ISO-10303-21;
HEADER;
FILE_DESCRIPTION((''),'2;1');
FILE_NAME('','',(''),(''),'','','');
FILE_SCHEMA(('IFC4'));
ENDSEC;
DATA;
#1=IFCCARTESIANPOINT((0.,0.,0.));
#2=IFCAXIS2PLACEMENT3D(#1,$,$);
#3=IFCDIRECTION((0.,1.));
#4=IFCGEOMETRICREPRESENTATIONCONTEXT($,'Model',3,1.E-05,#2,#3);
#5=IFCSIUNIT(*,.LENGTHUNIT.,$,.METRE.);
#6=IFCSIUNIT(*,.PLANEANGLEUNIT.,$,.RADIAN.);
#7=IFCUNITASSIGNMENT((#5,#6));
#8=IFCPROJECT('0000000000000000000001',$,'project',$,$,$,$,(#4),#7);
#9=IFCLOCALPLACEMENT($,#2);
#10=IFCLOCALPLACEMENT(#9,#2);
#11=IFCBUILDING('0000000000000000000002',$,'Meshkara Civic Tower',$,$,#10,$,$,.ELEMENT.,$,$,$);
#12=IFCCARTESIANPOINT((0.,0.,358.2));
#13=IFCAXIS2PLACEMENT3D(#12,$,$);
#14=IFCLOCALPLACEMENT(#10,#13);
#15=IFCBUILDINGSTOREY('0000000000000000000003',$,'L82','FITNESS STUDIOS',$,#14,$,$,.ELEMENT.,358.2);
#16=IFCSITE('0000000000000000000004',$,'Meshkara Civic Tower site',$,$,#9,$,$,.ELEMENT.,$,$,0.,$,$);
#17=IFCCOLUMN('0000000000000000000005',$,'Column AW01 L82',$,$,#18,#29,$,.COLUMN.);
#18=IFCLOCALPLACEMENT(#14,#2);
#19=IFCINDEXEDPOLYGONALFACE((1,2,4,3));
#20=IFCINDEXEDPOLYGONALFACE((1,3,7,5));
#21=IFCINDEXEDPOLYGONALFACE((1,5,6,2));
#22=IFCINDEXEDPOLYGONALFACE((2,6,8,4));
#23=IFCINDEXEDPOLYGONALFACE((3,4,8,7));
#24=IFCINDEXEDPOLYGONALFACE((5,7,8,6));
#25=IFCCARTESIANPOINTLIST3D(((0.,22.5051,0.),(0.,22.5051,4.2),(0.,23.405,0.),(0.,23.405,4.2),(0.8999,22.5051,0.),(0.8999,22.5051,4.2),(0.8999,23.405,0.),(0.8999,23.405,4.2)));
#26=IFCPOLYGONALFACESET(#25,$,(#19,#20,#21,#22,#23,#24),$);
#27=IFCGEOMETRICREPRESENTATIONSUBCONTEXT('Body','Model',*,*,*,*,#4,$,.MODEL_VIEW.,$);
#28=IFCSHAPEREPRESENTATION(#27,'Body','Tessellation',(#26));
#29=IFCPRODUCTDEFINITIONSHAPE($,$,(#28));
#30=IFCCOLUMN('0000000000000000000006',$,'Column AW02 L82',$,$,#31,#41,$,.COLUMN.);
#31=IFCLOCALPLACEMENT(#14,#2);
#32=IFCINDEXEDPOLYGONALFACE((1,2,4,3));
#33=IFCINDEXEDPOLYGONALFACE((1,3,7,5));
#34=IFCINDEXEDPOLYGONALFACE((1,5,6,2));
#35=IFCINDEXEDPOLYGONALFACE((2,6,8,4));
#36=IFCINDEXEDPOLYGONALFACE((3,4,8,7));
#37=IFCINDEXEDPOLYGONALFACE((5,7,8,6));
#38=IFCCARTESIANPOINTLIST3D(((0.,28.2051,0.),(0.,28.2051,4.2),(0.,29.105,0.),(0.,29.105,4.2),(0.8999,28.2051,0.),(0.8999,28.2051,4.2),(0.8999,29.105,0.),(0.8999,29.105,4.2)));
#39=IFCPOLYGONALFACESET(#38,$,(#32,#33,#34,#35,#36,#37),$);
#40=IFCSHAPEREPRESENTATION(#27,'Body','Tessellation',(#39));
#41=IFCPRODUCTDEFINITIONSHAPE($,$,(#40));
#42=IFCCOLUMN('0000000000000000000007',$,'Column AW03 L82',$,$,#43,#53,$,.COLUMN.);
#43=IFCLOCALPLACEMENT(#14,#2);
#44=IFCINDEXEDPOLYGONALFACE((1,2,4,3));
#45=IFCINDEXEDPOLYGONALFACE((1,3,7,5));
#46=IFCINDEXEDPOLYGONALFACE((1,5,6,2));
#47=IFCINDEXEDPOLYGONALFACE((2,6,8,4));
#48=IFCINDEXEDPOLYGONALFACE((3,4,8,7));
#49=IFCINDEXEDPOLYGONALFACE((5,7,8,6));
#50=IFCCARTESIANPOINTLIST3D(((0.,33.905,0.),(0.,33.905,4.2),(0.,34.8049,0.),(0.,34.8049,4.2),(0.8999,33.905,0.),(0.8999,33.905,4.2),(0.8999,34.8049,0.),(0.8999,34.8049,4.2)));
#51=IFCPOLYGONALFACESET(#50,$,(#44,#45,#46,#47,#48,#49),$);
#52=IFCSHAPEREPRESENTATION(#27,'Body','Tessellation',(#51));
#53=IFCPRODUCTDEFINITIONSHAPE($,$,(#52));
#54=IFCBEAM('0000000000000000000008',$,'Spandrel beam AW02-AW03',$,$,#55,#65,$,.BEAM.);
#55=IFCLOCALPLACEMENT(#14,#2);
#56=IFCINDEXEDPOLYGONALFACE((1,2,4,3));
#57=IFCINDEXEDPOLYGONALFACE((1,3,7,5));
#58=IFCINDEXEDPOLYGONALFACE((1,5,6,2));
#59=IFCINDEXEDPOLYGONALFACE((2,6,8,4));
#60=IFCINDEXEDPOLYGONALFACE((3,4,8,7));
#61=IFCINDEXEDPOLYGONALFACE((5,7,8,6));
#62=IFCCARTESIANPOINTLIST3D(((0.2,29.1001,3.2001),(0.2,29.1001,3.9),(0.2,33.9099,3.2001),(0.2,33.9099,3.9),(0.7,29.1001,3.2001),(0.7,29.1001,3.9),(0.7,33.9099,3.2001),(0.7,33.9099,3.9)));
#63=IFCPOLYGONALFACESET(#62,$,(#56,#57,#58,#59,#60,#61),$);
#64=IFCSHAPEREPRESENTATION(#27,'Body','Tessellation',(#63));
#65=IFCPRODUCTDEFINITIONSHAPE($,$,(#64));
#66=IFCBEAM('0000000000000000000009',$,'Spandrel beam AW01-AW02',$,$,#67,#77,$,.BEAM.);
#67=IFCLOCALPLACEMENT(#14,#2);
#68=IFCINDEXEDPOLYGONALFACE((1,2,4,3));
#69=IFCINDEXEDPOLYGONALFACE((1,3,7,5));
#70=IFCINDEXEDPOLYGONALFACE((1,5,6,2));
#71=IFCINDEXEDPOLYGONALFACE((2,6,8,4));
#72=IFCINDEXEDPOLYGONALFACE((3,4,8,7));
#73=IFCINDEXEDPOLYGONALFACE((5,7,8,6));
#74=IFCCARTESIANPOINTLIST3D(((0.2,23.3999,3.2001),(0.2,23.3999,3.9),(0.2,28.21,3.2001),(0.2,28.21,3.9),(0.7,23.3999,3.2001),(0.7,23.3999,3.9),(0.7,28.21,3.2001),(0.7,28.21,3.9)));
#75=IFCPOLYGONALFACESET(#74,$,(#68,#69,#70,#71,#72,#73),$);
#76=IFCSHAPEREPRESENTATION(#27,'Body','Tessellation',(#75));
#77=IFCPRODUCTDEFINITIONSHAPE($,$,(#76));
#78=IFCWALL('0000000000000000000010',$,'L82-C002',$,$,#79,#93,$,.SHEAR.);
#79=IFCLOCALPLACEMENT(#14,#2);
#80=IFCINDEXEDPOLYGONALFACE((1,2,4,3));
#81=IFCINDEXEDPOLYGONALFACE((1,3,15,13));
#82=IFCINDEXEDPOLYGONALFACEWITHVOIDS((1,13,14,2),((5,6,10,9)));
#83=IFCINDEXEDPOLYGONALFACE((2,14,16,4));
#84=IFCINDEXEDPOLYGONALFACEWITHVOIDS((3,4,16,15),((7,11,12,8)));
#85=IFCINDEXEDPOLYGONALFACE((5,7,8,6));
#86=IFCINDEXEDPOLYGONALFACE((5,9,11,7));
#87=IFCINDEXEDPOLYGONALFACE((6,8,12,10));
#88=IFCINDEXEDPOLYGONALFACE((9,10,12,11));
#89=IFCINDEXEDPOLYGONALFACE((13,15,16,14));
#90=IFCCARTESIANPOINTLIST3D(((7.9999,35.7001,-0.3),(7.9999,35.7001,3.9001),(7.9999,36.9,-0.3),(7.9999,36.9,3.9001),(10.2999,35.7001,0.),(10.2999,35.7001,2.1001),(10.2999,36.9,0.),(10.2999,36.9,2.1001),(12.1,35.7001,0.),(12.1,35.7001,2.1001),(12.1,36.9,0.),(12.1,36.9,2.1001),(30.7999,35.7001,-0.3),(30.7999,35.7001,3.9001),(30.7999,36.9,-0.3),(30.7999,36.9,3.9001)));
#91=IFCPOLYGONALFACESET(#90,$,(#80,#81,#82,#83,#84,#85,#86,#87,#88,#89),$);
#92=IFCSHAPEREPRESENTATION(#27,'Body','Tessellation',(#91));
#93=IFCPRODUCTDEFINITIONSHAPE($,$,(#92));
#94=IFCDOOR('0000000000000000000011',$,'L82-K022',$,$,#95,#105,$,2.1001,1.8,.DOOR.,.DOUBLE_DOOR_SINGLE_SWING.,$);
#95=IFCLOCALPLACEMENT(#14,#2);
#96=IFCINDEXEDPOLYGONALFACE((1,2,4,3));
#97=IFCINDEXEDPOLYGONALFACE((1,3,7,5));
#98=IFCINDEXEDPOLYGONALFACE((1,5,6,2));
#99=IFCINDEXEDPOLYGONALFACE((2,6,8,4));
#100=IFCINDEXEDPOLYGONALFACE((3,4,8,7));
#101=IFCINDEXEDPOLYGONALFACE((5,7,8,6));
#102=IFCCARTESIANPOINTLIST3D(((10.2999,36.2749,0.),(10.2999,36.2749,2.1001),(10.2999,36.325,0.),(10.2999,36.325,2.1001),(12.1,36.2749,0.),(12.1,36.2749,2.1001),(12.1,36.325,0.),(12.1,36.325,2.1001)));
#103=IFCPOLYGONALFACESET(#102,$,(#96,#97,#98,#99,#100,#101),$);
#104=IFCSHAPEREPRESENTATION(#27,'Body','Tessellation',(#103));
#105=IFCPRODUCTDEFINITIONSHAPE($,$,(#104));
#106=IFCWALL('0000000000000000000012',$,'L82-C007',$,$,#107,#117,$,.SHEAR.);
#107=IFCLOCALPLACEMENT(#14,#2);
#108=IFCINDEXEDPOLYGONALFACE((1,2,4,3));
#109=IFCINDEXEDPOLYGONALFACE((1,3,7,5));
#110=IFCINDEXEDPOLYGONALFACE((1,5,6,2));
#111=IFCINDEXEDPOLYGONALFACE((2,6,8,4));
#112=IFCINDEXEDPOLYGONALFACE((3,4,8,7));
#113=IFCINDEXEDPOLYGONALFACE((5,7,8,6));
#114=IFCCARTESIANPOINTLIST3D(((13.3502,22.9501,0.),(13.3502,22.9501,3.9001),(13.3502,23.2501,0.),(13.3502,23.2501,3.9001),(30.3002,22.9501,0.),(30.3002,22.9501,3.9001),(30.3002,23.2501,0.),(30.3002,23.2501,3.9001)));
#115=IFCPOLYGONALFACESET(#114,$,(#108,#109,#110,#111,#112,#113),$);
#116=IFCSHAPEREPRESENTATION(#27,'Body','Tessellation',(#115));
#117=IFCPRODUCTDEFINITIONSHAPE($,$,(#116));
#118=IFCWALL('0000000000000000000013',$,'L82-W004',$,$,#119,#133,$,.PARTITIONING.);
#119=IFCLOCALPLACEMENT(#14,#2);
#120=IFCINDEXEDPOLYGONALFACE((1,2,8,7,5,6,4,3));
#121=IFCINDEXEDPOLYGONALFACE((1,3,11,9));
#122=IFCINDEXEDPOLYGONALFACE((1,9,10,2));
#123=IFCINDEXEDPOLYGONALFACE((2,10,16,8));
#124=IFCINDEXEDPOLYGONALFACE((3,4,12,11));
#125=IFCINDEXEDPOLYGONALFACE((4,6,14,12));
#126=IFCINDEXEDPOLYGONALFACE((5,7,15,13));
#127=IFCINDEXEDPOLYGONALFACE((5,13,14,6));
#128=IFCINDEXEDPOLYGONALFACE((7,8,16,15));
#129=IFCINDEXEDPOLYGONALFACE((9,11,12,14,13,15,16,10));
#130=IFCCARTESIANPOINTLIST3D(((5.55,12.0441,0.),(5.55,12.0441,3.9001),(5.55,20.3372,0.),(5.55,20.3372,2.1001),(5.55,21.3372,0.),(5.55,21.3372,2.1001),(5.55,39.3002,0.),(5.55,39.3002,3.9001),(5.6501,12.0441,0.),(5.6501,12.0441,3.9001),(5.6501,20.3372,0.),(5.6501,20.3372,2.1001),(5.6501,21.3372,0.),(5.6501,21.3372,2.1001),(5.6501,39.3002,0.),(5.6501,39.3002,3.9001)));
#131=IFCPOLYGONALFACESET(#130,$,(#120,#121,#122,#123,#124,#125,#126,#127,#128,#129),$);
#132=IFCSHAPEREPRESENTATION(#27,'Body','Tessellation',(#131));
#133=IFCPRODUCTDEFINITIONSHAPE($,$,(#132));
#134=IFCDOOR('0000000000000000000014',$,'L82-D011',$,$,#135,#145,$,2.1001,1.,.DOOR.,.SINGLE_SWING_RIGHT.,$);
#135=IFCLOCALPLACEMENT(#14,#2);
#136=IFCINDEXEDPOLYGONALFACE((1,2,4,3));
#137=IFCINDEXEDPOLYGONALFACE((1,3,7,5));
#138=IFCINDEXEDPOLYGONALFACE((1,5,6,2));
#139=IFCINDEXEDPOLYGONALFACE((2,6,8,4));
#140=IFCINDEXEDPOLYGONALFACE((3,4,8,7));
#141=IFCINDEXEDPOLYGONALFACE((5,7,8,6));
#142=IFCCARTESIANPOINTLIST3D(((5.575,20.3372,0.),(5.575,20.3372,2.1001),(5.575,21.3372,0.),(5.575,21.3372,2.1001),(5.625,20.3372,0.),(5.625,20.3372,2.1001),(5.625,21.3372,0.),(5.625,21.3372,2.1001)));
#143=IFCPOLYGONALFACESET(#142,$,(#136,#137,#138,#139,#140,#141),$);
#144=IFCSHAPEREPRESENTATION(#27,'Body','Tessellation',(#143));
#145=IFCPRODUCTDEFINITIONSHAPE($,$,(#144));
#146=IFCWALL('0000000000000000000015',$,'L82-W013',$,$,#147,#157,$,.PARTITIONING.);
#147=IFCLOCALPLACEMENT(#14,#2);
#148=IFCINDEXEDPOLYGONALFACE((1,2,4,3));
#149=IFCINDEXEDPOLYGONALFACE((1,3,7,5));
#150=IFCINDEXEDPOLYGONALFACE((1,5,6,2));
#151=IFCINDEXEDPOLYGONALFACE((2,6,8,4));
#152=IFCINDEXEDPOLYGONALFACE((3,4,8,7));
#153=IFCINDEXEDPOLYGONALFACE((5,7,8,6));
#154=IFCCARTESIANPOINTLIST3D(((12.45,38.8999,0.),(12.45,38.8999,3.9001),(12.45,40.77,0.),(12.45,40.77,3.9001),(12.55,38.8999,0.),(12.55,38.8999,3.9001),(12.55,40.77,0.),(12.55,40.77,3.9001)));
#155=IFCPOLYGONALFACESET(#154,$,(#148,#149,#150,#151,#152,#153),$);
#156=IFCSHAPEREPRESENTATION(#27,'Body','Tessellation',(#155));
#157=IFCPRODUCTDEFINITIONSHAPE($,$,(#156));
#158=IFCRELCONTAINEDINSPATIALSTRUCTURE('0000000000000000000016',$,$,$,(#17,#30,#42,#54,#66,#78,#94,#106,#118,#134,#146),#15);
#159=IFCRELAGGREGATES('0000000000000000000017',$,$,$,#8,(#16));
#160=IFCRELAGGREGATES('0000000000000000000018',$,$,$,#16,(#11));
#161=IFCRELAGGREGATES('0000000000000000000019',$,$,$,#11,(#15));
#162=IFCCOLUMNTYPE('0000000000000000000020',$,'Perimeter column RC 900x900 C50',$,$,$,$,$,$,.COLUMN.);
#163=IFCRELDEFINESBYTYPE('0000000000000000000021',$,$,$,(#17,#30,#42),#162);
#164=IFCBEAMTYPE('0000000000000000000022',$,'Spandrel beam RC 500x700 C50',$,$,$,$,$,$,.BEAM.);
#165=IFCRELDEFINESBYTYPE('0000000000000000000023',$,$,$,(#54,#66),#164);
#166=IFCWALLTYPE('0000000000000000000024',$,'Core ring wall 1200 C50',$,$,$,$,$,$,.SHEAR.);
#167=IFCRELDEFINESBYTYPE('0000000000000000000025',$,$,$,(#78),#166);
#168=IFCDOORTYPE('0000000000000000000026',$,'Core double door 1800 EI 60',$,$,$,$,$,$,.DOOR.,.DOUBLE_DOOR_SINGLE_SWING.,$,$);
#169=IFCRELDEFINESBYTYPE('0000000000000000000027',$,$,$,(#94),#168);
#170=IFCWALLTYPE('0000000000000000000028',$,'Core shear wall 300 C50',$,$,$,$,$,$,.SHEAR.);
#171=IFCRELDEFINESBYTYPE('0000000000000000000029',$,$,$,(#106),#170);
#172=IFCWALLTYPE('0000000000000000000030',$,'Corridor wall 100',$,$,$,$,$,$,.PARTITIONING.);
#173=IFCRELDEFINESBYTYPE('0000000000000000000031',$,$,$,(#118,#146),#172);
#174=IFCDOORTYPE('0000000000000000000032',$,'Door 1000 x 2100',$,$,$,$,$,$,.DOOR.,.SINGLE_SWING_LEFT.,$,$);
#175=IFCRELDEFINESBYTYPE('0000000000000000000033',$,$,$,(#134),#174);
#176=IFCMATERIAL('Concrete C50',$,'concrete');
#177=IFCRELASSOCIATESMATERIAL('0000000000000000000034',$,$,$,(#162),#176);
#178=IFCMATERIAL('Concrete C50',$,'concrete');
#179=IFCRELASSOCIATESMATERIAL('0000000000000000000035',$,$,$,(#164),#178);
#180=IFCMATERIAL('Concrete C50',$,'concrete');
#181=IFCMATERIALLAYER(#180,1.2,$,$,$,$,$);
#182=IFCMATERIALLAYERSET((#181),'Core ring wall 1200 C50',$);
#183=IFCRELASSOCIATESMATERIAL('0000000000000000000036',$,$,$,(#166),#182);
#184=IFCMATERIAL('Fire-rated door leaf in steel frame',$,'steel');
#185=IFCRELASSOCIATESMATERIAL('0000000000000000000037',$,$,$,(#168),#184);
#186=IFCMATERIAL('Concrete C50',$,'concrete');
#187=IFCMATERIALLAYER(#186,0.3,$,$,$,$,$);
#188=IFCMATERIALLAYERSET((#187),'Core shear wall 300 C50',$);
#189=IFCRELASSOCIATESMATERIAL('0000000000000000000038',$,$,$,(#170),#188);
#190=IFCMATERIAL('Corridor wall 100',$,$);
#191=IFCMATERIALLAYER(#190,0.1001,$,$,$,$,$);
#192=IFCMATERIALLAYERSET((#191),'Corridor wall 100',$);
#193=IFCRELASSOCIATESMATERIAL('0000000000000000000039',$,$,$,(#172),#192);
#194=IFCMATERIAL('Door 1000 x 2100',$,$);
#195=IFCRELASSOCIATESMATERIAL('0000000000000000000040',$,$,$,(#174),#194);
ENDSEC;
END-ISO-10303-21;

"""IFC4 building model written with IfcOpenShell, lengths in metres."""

from ifc_helpers import new_model, si_unit, direction, frame, frame_2d, origin, origin_2d, place, context, subcontext, project, spatial, rectangle, extrude, material, layer, layer_set, material_profile, profile_set, type_object, element, fill, save


model = new_model("IFC4")

# Units and contexts
model_context = context("Model", 3, precision=1e-05, world=origin(), true_north=direction((0.0, 1.0)))
body_context = subcontext(model_context, "Body", "Model", "MODEL_VIEW")
ifc_project = project(units=[si_unit("LENGTHUNIT", "METRE"), si_unit("PLANEANGLEUNIT", "RADIAN")], contexts=[model_context])

# Site, building, storey
site_placement = place(None, origin())
site = spatial("IfcSite", under=ifc_project, at=site_placement, Name="Meshkara Civic Tower site", CompositionType="ELEMENT", RefElevation=0.0)
building_placement = place(site_placement, origin())
building = spatial("IfcBuilding", under=site, at=building_placement, Name="Meshkara Civic Tower", CompositionType="ELEMENT")
storey_placement = place(building_placement, frame((0.0, 0.0, 358.2)))
storey = spatial("IfcBuildingStorey", under=building, at=storey_placement, Name="L82", Description="FITNESS STUDIOS", CompositionType="ELEMENT", Elevation=358.2)

# Columns
ifc_material_1 = material(Name="Concrete C50", Category="concrete")
ifc_material_profile_1 = material_profile(ifc_material_1, rectangle(XDim=0.8999, YDim=0.8999, at=origin_2d()))
ifc_profile_set_1 = profile_set([ifc_material_profile_1], Name="Concrete C50")
column_type = type_object("IfcColumnType", Name="Perimeter column RC 900x900 C50", PredefinedType="COLUMN", material=ifc_profile_set_1)
for number, where, z_axis, x_axis, name in (
    (1, (0.45, 22.9551, 0.0), (0.0, 0.0, 1.0), (1.0, 0.0, 0.0), "Column AW01 L82"),
    (2, (0.45, 28.655, 0.0), (0.0, 0.0, 1.0), (1.0, 0.0, 0.0), "Column AW02 L82"),
    (3, (0.45, 34.355, 0.0), (0.0, 0.0, 1.0), (1.0, 0.0, 0.0), "Column AW03 L82"),
):
    element("IfcColumn", number, at=place(storey_placement, frame(where, z_axis=z_axis, x_axis=x_axis)), inside=storey, type_object=column_type, Name=name, PredefinedType="COLUMN", context=body_context, shape_type="SweptSolid", body=[
        extrude(rectangle(XDim=0.8999, YDim=0.8999, at=origin_2d()), origin(), (0.0, 0.0, 1.0), 4.2),
    ])

# Beams
ifc_material_2 = material(Name="Concrete C50", Category="concrete")
ifc_material_profile_2 = material_profile(ifc_material_2, rectangle(XDim=0.5, YDim=0.7, at=origin_2d()))
ifc_profile_set_2 = profile_set([ifc_material_profile_2], Name="Concrete C50")
beam_type = type_object("IfcBeamType", Name="Spandrel beam RC 500x700 C50", PredefinedType="BEAM", material=ifc_profile_set_2)
beam_1_placement = place(storey_placement, frame((0.45, 33.9099, 3.55), z_axis=(0.0, -1.0, 0.0), x_axis=(1.0, 0.0, 0.0)))
element("IfcBeam", 4, at=beam_1_placement, inside=storey, type_object=beam_type, Name="Spandrel beam AW02-AW03", PredefinedType="BEAM", context=body_context, shape_type="SweptSolid", body=[
    extrude(rectangle(XDim=0.5, YDim=0.7, at=origin_2d()), origin(), (0.0, 0.0, 1.0), 4.8098),
])
beam_2_placement = place(storey_placement, frame((0.45, 28.21, 3.55), z_axis=(0.0, -1.0, 0.0), x_axis=(1.0, 0.0, 0.0)))
element("IfcBeam", 5, at=beam_2_placement, inside=storey, type_object=beam_type, Name="Spandrel beam AW01-AW02", PredefinedType="BEAM", context=body_context, shape_type="SweptSolid", body=[
    extrude(rectangle(XDim=0.5, YDim=0.7, at=origin_2d()), origin(), (0.0, 0.0, 1.0), 4.8101),
])

# Wall, opening, door
ifc_material_3 = material(Name="Concrete C50", Category="concrete")
ifc_layer_1 = layer(ifc_material_3, 1.2)
ifc_layer_set_1 = layer_set([ifc_layer_1], Name="Core ring wall 1200 C50")
wall_type_1 = type_object("IfcWallType", Name="Core ring wall 1200 C50", PredefinedType="SHEAR", material=ifc_layer_set_1)
wall_1_placement = place(storey_placement, frame((8.0, 36.3, -0.3), z_axis=(0.0, 0.0, 1.0), x_axis=(1.0, 0.0, 0.0)))
wall_1 = element("IfcWall", 6, at=wall_1_placement, inside=storey, type_object=wall_type_1, Name="L82-C002", PredefinedType="SHEAR", context=body_context, shape_type="SweptSolid", body=[
    extrude(rectangle(XDim=22.8, YDim=1.2, at=frame_2d((11.3999, 0.0))), origin(), (0.0, 0.0, 1.0), 4.2002),
])
opening_1_placement = place(wall_1_placement, frame((2.3, 0.0, 0.3)))
opening_1 = element("IfcOpeningElement", 7, at=opening_1_placement, cuts=wall_1, PredefinedType="OPENING", context=body_context, shape_type="SweptSolid", body=[
    extrude(rectangle(XDim=1.8, YDim=2.1001, at=frame_2d((0.8999, 1.05))), frame((0.0, 0.6099, 0.0), z_axis=(0.0, -1.0, 0.0), x_axis=(1.0, 0.0, 0.0)), (0.0, 0.0, 1.0), 1.22),
])
ifc_material_4 = material(Name="Fire-rated door leaf in steel frame", Category="steel")
door_type_1 = type_object("IfcDoorType", Name="Core double door 1800 EI 60", OperationType="DOUBLE_DOOR_SINGLE_SWING", PredefinedType="DOOR", material=ifc_material_4)
door_1_placement = place(opening_1_placement, origin())
door_1 = element("IfcDoor", 8, at=door_1_placement, inside=storey, type_object=door_type_1, Name="L82-K022", OperationType="DOUBLE_DOOR_SINGLE_SWING", OverallHeight=2.1001, OverallWidth=1.8, PredefinedType="DOOR", context=body_context, shape_type="SweptSolid", body=[
    extrude(rectangle(XDim=1.8, YDim=2.1001, at=frame_2d((0.8999, 1.05))), frame((0.0, 0.0249, 0.0), z_axis=(0.0, -1.0, 0.0), x_axis=(1.0, 0.0, 0.0)), (0.0, 0.0, 1.0), 0.05),
])
fill(opening_1, door_1)

# Wall
ifc_material_5 = material(Name="Concrete C50", Category="concrete")
ifc_layer_2 = layer(ifc_material_5, 0.3)
ifc_layer_set_2 = layer_set([ifc_layer_2], Name="Core shear wall 300 C50")
wall_type_2 = type_object("IfcWallType", Name="Core shear wall 300 C50", PredefinedType="SHEAR", material=ifc_layer_set_2)
wall_2_placement = place(storey_placement, frame((13.3501, 23.1001, 0.0), z_axis=(0.0, 0.0, 1.0), x_axis=(1.0, 0.0, 0.0)))
element("IfcWall", 9, at=wall_2_placement, inside=storey, type_object=wall_type_2, Name="L82-C007", PredefinedType="SHEAR", context=body_context, shape_type="SweptSolid", body=[
    extrude(rectangle(XDim=16.95, YDim=0.3, at=frame_2d((8.4751, 0.0))), origin(), (0.0, 0.0, 1.0), 3.9001),
])

# Wall, opening, door
ifc_material_6 = material(Name="Corridor wall 100")
ifc_layer_3 = layer(ifc_material_6, 0.1001)
ifc_layer_set_3 = layer_set([ifc_layer_3], Name="Corridor wall 100")
wall_type_3 = type_object("IfcWallType", Name="Corridor wall 100", PredefinedType="PARTITIONING", material=ifc_layer_set_3)
wall_3_placement = place(storey_placement, frame((5.6001, 39.3, 0.0), z_axis=(0.0, 0.0, 1.0), x_axis=(0.0, -1.0, 0.0)))
wall_3 = element("IfcWall", 10, at=wall_3_placement, inside=storey, type_object=wall_type_3, Name="L82-W004", PredefinedType="PARTITIONING", context=body_context, shape_type="SweptSolid", body=[
    extrude(rectangle(XDim=27.2561, YDim=0.1001, at=frame_2d((13.6279, 0.0))), origin(), (0.0, 0.0, 1.0), 3.9001),
])
opening_2_placement = place(wall_3_placement, frame((17.9629, 0.0, 0.0)))
opening_2 = element("IfcOpeningElement", 11, at=opening_2_placement, cuts=wall_3, PredefinedType="OPENING", context=body_context, shape_type="SweptSolid", body=[
    extrude(rectangle(XDim=1.0, YDim=2.1001, at=frame_2d((0.5, 1.05))), frame((0.0, 0.0601, 0.0), z_axis=(0.0, -1.0, 0.0), x_axis=(1.0, 0.0, 0.0)), (0.0, 0.0, 1.0), 0.1201),
])
ifc_material_7 = material(Name="Door 1000 x 2100")
door_type_2 = type_object("IfcDoorType", Name="Door 1000 x 2100", OperationType="SINGLE_SWING_LEFT", PredefinedType="DOOR", material=ifc_material_7)
door_2_placement = place(opening_2_placement, origin())
door_2 = element("IfcDoor", 12, at=door_2_placement, inside=storey, type_object=door_type_2, Name="L82-D011", OperationType="SINGLE_SWING_RIGHT", OverallHeight=2.1001, OverallWidth=1.0, PredefinedType="DOOR", context=body_context, shape_type="SweptSolid", body=[
    extrude(rectangle(XDim=1.0, YDim=2.1001, at=frame_2d((0.5, 1.05))), frame((0.0, 0.0249, 0.0), z_axis=(0.0, -1.0, 0.0), x_axis=(1.0, 0.0, 0.0)), (0.0, 0.0, 1.0), 0.05),
])
fill(opening_2, door_2)

# Wall
wall_4_placement = place(storey_placement, frame((12.5, 38.8999, 0.0), z_axis=(0.0, 0.0, 1.0), x_axis=(0.0, 1.0, 0.0)))
element("IfcWall", 13, at=wall_4_placement, inside=storey, type_object=wall_type_3, Name="L82-W013", PredefinedType="PARTITIONING", context=body_context, shape_type="SweptSolid", body=[
    extrude(rectangle(XDim=1.8701, YDim=0.1001, at=frame_2d((0.9351, 0.0))), origin(), (0.0, 0.0, 1.0), 3.9001),
])

save(model, "model.ifc")
